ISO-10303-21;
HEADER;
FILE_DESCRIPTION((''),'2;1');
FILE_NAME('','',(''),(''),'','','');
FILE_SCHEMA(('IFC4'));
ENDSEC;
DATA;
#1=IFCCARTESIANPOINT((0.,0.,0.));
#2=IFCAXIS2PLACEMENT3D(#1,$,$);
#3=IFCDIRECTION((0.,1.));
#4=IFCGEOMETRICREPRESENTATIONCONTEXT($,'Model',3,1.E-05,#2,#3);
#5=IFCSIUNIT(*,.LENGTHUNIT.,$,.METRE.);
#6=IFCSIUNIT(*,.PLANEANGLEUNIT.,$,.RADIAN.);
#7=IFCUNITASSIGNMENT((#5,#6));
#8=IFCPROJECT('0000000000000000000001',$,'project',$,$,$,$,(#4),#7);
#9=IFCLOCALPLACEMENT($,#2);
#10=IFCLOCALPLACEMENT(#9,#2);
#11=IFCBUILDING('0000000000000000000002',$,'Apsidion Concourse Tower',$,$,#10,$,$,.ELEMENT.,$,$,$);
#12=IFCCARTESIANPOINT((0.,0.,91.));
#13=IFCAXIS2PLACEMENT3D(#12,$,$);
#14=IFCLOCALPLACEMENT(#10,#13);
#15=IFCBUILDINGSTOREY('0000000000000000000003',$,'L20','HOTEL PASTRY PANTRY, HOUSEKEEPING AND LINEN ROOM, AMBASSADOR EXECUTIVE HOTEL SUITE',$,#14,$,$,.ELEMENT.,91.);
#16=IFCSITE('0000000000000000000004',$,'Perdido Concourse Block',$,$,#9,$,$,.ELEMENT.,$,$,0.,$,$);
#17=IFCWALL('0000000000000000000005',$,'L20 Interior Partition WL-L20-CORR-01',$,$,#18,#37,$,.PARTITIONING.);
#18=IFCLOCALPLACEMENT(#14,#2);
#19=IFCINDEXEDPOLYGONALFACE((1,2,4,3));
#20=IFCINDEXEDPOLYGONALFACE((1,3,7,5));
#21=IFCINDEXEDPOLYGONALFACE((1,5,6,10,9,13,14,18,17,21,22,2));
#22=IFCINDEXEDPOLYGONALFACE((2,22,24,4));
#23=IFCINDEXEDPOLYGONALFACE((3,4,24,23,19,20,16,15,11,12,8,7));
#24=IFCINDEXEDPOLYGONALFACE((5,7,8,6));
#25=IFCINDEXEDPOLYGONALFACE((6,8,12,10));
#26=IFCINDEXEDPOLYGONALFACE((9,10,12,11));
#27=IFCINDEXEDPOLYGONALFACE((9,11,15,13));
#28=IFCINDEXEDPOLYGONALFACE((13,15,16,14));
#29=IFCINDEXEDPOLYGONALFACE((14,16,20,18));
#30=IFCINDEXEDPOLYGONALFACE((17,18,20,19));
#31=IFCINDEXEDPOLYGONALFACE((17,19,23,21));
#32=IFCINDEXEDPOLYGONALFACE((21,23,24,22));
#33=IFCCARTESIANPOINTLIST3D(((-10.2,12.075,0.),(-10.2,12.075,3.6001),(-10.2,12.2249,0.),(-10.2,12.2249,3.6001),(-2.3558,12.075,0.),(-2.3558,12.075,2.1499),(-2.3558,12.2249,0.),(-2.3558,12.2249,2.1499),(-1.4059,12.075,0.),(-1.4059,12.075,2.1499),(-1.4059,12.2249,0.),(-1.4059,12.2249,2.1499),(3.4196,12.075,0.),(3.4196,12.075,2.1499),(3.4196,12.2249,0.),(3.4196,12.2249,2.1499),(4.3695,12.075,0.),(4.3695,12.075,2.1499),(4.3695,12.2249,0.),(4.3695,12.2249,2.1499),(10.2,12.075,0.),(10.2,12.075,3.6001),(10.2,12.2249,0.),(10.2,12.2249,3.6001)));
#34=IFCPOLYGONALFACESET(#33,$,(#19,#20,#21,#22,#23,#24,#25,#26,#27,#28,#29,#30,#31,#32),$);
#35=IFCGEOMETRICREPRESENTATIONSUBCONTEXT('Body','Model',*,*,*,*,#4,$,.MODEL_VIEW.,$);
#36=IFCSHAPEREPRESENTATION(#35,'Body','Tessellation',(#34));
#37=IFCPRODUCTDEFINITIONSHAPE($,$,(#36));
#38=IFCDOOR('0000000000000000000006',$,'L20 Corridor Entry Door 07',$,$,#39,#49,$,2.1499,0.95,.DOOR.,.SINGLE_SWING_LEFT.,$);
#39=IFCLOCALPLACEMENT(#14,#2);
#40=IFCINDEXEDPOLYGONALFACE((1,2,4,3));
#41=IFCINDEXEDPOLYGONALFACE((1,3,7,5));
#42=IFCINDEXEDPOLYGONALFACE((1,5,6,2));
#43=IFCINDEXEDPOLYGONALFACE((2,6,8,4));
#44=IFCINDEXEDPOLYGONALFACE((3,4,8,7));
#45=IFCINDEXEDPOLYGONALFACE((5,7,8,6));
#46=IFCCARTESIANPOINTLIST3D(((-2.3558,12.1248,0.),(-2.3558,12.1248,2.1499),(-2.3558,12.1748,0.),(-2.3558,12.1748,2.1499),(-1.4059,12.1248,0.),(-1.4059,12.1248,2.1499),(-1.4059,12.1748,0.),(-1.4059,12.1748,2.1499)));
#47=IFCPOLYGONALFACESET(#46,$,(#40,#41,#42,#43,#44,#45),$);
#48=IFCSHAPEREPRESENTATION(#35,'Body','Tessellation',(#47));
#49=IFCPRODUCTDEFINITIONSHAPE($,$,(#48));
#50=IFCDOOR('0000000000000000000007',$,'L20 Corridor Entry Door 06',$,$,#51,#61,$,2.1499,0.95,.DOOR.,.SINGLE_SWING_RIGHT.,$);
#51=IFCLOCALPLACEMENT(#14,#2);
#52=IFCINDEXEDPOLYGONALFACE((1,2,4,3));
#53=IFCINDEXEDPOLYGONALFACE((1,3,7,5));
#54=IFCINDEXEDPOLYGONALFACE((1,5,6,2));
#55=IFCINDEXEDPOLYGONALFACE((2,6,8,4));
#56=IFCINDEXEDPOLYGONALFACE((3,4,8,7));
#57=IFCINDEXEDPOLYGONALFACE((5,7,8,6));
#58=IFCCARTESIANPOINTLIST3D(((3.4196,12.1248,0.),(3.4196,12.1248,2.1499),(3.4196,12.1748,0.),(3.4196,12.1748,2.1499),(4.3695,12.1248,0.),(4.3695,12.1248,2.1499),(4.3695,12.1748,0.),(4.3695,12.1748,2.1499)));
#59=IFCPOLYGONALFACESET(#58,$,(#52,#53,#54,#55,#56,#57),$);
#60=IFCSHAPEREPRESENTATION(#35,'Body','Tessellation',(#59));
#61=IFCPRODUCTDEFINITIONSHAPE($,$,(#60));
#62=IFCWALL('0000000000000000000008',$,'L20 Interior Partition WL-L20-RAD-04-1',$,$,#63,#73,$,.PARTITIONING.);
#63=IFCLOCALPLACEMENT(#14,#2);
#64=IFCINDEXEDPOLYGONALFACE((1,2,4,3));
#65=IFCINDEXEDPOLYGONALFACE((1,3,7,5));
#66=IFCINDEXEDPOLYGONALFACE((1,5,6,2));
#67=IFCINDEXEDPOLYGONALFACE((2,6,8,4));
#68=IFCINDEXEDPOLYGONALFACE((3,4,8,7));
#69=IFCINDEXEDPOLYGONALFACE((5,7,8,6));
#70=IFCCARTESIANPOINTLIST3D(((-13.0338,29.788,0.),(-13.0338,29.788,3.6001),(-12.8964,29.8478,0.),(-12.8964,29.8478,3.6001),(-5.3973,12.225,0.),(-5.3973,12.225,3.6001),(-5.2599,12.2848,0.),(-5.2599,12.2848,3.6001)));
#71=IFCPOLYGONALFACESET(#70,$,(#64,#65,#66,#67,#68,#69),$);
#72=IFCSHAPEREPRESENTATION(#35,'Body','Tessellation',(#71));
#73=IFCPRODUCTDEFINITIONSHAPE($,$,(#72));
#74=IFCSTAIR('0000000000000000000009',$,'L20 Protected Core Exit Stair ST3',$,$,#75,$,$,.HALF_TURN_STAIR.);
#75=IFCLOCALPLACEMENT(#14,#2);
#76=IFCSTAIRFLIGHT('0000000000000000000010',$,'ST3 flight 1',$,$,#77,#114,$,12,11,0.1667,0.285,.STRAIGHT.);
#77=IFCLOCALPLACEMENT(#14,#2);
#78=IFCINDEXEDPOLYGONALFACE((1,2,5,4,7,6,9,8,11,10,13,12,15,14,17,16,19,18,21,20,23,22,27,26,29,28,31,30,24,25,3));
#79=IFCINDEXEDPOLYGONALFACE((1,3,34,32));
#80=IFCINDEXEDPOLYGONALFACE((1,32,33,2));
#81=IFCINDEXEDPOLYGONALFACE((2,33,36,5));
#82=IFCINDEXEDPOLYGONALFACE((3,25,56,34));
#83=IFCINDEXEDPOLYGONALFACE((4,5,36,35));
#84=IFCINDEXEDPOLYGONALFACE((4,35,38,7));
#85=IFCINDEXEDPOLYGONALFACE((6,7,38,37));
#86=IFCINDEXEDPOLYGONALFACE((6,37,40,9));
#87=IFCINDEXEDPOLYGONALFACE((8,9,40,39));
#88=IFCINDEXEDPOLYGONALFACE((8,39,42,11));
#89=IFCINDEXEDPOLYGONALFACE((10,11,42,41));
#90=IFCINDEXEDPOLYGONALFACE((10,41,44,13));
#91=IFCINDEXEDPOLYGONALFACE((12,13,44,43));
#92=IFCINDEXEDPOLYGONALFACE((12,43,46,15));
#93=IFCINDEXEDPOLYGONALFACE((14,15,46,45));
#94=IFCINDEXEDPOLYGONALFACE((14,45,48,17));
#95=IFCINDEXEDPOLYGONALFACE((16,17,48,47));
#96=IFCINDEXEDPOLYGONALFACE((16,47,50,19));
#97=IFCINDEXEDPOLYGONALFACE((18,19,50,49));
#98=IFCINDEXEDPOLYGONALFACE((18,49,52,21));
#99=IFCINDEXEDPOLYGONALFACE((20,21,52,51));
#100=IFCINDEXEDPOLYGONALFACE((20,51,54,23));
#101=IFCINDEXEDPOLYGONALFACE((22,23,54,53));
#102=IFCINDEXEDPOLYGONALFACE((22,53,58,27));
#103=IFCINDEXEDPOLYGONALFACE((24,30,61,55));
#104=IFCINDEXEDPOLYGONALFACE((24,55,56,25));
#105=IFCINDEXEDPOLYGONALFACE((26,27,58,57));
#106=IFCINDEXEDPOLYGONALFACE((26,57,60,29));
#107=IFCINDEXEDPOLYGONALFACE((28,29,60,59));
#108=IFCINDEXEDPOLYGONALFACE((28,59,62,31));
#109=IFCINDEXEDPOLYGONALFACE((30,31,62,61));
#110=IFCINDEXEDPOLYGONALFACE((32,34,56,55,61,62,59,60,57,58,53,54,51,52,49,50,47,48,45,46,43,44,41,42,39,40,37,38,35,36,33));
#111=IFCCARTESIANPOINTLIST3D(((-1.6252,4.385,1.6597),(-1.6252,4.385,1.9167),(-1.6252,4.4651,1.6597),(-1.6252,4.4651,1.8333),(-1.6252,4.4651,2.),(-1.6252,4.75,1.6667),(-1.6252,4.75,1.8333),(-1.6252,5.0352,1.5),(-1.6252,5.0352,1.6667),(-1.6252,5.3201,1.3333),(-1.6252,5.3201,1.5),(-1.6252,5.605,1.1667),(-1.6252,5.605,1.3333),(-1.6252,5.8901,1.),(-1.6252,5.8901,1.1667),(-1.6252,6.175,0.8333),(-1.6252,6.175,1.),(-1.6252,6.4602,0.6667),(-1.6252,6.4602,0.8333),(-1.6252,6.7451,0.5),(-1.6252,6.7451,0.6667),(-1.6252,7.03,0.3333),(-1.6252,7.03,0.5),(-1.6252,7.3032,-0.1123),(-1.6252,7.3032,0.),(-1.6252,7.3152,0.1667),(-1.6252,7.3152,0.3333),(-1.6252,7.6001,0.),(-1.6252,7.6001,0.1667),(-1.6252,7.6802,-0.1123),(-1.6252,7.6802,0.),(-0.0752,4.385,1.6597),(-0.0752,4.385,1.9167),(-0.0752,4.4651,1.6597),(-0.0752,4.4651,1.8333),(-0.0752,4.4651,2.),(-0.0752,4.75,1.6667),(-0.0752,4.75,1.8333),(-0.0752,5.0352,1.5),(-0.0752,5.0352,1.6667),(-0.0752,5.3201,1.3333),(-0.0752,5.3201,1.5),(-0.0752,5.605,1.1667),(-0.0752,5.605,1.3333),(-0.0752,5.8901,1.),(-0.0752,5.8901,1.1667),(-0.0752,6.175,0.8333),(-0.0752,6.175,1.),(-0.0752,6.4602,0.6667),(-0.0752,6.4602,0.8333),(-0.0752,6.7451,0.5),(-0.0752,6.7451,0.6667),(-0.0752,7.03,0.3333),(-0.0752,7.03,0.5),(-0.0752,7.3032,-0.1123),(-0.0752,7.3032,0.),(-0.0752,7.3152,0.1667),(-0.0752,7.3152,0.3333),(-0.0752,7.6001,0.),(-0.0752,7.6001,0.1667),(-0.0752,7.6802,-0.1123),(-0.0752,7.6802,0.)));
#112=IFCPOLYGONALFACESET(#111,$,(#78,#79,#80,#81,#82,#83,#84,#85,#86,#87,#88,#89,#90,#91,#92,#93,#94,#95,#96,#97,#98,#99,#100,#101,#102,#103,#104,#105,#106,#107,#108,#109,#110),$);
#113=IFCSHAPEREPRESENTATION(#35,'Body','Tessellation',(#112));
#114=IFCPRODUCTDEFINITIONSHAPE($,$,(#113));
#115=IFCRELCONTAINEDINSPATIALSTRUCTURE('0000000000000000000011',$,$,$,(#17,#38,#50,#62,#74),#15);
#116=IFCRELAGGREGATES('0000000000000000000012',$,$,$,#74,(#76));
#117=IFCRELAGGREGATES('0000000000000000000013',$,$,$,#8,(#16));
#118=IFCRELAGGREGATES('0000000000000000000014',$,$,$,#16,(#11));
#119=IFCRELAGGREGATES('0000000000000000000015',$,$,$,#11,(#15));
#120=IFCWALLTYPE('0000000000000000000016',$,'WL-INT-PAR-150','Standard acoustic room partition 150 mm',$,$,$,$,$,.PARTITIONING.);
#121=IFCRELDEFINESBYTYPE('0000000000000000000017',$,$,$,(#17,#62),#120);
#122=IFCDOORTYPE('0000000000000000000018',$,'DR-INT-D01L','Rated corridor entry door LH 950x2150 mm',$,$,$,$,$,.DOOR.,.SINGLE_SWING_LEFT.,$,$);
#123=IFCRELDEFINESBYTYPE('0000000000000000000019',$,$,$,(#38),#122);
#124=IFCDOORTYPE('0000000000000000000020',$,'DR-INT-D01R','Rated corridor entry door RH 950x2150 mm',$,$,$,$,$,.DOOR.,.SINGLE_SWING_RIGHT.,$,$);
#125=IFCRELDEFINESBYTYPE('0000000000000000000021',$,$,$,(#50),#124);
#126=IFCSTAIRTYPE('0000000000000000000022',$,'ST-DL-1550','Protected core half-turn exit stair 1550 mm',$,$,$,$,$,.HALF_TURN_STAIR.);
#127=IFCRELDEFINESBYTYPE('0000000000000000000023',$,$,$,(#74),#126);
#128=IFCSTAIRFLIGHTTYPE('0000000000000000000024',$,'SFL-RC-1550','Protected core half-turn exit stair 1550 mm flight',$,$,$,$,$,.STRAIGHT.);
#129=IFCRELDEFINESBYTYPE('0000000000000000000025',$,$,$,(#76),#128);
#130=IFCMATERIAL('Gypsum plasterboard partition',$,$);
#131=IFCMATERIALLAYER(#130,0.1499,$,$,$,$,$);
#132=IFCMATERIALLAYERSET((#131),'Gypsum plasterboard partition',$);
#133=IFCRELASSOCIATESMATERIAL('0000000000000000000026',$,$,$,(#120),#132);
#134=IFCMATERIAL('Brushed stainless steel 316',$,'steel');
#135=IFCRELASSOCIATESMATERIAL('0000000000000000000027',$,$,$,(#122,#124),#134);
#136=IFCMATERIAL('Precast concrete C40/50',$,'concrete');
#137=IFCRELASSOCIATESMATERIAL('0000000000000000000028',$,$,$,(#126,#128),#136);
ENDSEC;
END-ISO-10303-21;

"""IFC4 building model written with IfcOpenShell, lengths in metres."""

from ifc_helpers import new_model, si_unit, direction, frame, frame_2d, origin, place, context, subcontext, project, spatial, polyline, rectangle, outline, extrude, material, layer, layer_set, type_object, element, fill, aggregate, save


model = new_model("IFC4")

# Units and contexts
model_context = context("Model", 3, precision=1e-05, world=origin(), true_north=direction((0.0, 1.0)))
body_context = subcontext(model_context, "Body", "Model", "MODEL_VIEW")
ifc_project = project(units=[si_unit("LENGTHUNIT", "METRE"), si_unit("PLANEANGLEUNIT", "RADIAN")], contexts=[model_context])

# Site, building, storey
site_placement = place(None, origin())
site = spatial("IfcSite", under=ifc_project, at=site_placement, Name="Perdido Concourse Block", CompositionType="ELEMENT", RefElevation=0.0)
building_placement = place(site_placement, origin())
building = spatial("IfcBuilding", under=site, at=building_placement, Name="Apsidion Concourse Tower", CompositionType="ELEMENT")
storey_placement = place(building_placement, frame((0.0, 0.0, 91.0)))
storey = spatial("IfcBuildingStorey", under=building, at=storey_placement, Name="L20", Description="HOTEL PASTRY PANTRY, HOUSEKEEPING AND LINEN ROOM, AMBASSADOR EXECUTIVE HOTEL SUITE", CompositionType="ELEMENT", Elevation=91.0)

# Shared definitions
ifc_material_1 = material(Name="Gypsum plasterboard partition")

# Wall, openings, doors
ifc_layer_1 = layer(ifc_material_1, 0.1499)
ifc_layer_set_1 = layer_set([ifc_layer_1], Name="Gypsum plasterboard partition")
wall_type_1 = type_object("IfcWallType", Name="WL-INT-PAR-150", Description="Standard acoustic room partition 150 mm", PredefinedType="PARTITIONING", material=ifc_layer_set_1)
wall_1_placement = place(storey_placement, frame((-10.2, 12.1499, 0.0), z_axis=(0.0, 0.0, 1.0), x_axis=(1.0, 0.0, 0.0)))
wall_1 = element("IfcWall", 1, at=wall_1_placement, inside=storey, type_object=wall_type_1, Name="L20 Interior Partition WL-L20-CORR-01", PredefinedType="PARTITIONING", context=body_context, shape_type="SweptSolid", body=[
    extrude(rectangle(XDim=20.3999, YDim=0.1499, at=frame_2d((10.2, 0.0))), origin(), (0.0, 0.0, 1.0), 3.6001),
])
opening_1_placement = place(wall_1_placement, frame((13.6194, 0.0, 0.0)))
opening_1 = element("IfcOpeningElement", 2, at=opening_1_placement, cuts=wall_1, PredefinedType="OPENING", context=body_context, shape_type="SweptSolid", body=[
    extrude(rectangle(XDim=0.95, YDim=2.1499, at=frame_2d((0.4751, 1.075))), frame((0.0, 0.085, 0.0), z_axis=(0.0, -1.0, 0.0), x_axis=(1.0, 0.0, 0.0)), (0.0, 0.0, 1.0), 0.1699),
])
opening_2_placement = place(wall_1_placement, frame((7.844, 0.0, 0.0)))
opening_2 = element("IfcOpeningElement", 3, at=opening_2_placement, cuts=wall_1, PredefinedType="OPENING", context=body_context, shape_type="SweptSolid", body=[
    extrude(rectangle(XDim=0.95, YDim=2.1499, at=frame_2d((0.4751, 1.075))), frame((0.0, 0.085, 0.0), z_axis=(0.0, -1.0, 0.0), x_axis=(1.0, 0.0, 0.0)), (0.0, 0.0, 1.0), 0.1699),
])
ifc_material_2 = material(Name="Brushed stainless steel 316", Category="steel")
door_type_1 = type_object("IfcDoorType", Name="DR-INT-D01L", Description="Rated corridor entry door LH 950x2150 mm", OperationType="SINGLE_SWING_LEFT", PredefinedType="DOOR", material=ifc_material_2)
door_1_placement = place(opening_2_placement, origin())
door_1 = element("IfcDoor", 4, at=door_1_placement, inside=storey, type_object=door_type_1, Name="L20 Corridor Entry Door 07", OperationType="SINGLE_SWING_LEFT", OverallHeight=2.1499, OverallWidth=0.95, PredefinedType="DOOR", context=body_context, shape_type="SweptSolid", body=[
    extrude(rectangle(XDim=0.95, YDim=2.1499, at=frame_2d((0.4751, 1.075))), frame((0.0, 0.0249, 0.0), z_axis=(0.0, -1.0, 0.0), x_axis=(1.0, 0.0, 0.0)), (0.0, 0.0, 1.0), 0.05),
])
fill(opening_2, door_1)
door_type_2 = type_object("IfcDoorType", Name="DR-INT-D01R", Description="Rated corridor entry door RH 950x2150 mm", OperationType="SINGLE_SWING_RIGHT", PredefinedType="DOOR", material=ifc_material_2)
door_2_placement = place(opening_1_placement, origin())
door_2 = element("IfcDoor", 5, at=door_2_placement, inside=storey, type_object=door_type_2, Name="L20 Corridor Entry Door 06", OperationType="SINGLE_SWING_RIGHT", OverallHeight=2.1499, OverallWidth=0.95, PredefinedType="DOOR", context=body_context, shape_type="SweptSolid", body=[
    extrude(rectangle(XDim=0.95, YDim=2.1499, at=frame_2d((0.4751, 1.075))), frame((0.0, 0.0249, 0.0), z_axis=(0.0, -1.0, 0.0), x_axis=(1.0, 0.0, 0.0)), (0.0, 0.0, 1.0), 0.05),
])
fill(opening_1, door_2)

# Wall
wall_2_placement = place(storey_placement, frame((-5.3286, 12.2549, 0.0), z_axis=(0.0, 0.0, 1.0), x_axis=(-0.398743, 0.917063, 0.0)))
element("IfcWall", 6, at=wall_2_placement, inside=storey, type_object=wall_type_1, Name="L20 Interior Partition WL-L20-RAD-04-1", PredefinedType="PARTITIONING", context=body_context, shape_type="SweptSolid", body=[
    extrude(rectangle(XDim=19.1514, YDim=0.1499, at=frame_2d((9.5757, 0.0))), origin(), (0.0, 0.0, 1.0), 3.6001),
])

# Stair, stair flight
ifc_material_3 = material(Name="Precast concrete C40/50", Category="concrete")
stair_type = type_object("IfcStairType", Name="ST-DL-1550", Description="Protected core half-turn exit stair 1550 mm", PredefinedType="HALF_TURN_STAIR", material=ifc_material_3)
stair_placement = place(storey_placement, origin())
stair = element("IfcStair", 7, at=stair_placement, inside=storey, type_object=stair_type, Name="L20 Protected Core Exit Stair ST3", PredefinedType="HALF_TURN_STAIR")
stair_flight_type = type_object("IfcStairFlightType", Name="SFL-RC-1550", Description="Protected core half-turn exit stair 1550 mm flight", PredefinedType="STRAIGHT", material=ifc_material_3)
stair_flight_placement = place(storey_placement, frame((-0.8501, 7.6001, 0.0), z_axis=(0.0, 0.0, 1.0), x_axis=(0.0, -1.0, 0.0)))
stair_flight = element("IfcStairFlight", 8, at=stair_flight_placement, type_object=stair_flight_type, Name="ST3 flight 1", NumberOfRisers=12, NumberOfTreads=11, PredefinedType="STRAIGHT", RiserHeight=0.1667, TreadLength=0.285, context=body_context, shape_type="SweptSolid", body=[
    extrude(outline(polyline([(-0.0801, -0.1123), (-0.0801, 0.0), (0.0, 0.0), (0.0, 0.1667), (0.2849, 0.1667), (0.2849, 0.3333), (0.5701, 0.3333), (0.5701, 0.5), (0.855, 0.5), (0.855, 0.6667), (1.1399, 0.6667), (1.1399, 0.8333), (1.425, 0.8333), (1.425, 1.0), (1.71, 1.0), (1.71, 1.1667), (1.9951, 1.1667), (1.9951, 1.3333), (2.28, 1.3333), (2.28, 1.5), (2.5649, 1.5), (2.5649, 1.6667), (2.8501, 1.6667), (2.8501, 1.8333), (3.135, 1.8333), (3.135, 2.0), (3.2151, 1.9167), (3.2151, 1.6597), (3.135, 1.6597), (0.2969, 0.0), (0.2969, -0.1123), (-0.0801, -0.1123)])), frame((0.0, 0.7749, 0.0), z_axis=(0.0, -1.0, 0.0), x_axis=(1.0, 0.0, 0.0)), (0.0, 0.0, 1.0), 1.55),
])
aggregate(stair, [stair_flight])

save(model, "model.ifc")
